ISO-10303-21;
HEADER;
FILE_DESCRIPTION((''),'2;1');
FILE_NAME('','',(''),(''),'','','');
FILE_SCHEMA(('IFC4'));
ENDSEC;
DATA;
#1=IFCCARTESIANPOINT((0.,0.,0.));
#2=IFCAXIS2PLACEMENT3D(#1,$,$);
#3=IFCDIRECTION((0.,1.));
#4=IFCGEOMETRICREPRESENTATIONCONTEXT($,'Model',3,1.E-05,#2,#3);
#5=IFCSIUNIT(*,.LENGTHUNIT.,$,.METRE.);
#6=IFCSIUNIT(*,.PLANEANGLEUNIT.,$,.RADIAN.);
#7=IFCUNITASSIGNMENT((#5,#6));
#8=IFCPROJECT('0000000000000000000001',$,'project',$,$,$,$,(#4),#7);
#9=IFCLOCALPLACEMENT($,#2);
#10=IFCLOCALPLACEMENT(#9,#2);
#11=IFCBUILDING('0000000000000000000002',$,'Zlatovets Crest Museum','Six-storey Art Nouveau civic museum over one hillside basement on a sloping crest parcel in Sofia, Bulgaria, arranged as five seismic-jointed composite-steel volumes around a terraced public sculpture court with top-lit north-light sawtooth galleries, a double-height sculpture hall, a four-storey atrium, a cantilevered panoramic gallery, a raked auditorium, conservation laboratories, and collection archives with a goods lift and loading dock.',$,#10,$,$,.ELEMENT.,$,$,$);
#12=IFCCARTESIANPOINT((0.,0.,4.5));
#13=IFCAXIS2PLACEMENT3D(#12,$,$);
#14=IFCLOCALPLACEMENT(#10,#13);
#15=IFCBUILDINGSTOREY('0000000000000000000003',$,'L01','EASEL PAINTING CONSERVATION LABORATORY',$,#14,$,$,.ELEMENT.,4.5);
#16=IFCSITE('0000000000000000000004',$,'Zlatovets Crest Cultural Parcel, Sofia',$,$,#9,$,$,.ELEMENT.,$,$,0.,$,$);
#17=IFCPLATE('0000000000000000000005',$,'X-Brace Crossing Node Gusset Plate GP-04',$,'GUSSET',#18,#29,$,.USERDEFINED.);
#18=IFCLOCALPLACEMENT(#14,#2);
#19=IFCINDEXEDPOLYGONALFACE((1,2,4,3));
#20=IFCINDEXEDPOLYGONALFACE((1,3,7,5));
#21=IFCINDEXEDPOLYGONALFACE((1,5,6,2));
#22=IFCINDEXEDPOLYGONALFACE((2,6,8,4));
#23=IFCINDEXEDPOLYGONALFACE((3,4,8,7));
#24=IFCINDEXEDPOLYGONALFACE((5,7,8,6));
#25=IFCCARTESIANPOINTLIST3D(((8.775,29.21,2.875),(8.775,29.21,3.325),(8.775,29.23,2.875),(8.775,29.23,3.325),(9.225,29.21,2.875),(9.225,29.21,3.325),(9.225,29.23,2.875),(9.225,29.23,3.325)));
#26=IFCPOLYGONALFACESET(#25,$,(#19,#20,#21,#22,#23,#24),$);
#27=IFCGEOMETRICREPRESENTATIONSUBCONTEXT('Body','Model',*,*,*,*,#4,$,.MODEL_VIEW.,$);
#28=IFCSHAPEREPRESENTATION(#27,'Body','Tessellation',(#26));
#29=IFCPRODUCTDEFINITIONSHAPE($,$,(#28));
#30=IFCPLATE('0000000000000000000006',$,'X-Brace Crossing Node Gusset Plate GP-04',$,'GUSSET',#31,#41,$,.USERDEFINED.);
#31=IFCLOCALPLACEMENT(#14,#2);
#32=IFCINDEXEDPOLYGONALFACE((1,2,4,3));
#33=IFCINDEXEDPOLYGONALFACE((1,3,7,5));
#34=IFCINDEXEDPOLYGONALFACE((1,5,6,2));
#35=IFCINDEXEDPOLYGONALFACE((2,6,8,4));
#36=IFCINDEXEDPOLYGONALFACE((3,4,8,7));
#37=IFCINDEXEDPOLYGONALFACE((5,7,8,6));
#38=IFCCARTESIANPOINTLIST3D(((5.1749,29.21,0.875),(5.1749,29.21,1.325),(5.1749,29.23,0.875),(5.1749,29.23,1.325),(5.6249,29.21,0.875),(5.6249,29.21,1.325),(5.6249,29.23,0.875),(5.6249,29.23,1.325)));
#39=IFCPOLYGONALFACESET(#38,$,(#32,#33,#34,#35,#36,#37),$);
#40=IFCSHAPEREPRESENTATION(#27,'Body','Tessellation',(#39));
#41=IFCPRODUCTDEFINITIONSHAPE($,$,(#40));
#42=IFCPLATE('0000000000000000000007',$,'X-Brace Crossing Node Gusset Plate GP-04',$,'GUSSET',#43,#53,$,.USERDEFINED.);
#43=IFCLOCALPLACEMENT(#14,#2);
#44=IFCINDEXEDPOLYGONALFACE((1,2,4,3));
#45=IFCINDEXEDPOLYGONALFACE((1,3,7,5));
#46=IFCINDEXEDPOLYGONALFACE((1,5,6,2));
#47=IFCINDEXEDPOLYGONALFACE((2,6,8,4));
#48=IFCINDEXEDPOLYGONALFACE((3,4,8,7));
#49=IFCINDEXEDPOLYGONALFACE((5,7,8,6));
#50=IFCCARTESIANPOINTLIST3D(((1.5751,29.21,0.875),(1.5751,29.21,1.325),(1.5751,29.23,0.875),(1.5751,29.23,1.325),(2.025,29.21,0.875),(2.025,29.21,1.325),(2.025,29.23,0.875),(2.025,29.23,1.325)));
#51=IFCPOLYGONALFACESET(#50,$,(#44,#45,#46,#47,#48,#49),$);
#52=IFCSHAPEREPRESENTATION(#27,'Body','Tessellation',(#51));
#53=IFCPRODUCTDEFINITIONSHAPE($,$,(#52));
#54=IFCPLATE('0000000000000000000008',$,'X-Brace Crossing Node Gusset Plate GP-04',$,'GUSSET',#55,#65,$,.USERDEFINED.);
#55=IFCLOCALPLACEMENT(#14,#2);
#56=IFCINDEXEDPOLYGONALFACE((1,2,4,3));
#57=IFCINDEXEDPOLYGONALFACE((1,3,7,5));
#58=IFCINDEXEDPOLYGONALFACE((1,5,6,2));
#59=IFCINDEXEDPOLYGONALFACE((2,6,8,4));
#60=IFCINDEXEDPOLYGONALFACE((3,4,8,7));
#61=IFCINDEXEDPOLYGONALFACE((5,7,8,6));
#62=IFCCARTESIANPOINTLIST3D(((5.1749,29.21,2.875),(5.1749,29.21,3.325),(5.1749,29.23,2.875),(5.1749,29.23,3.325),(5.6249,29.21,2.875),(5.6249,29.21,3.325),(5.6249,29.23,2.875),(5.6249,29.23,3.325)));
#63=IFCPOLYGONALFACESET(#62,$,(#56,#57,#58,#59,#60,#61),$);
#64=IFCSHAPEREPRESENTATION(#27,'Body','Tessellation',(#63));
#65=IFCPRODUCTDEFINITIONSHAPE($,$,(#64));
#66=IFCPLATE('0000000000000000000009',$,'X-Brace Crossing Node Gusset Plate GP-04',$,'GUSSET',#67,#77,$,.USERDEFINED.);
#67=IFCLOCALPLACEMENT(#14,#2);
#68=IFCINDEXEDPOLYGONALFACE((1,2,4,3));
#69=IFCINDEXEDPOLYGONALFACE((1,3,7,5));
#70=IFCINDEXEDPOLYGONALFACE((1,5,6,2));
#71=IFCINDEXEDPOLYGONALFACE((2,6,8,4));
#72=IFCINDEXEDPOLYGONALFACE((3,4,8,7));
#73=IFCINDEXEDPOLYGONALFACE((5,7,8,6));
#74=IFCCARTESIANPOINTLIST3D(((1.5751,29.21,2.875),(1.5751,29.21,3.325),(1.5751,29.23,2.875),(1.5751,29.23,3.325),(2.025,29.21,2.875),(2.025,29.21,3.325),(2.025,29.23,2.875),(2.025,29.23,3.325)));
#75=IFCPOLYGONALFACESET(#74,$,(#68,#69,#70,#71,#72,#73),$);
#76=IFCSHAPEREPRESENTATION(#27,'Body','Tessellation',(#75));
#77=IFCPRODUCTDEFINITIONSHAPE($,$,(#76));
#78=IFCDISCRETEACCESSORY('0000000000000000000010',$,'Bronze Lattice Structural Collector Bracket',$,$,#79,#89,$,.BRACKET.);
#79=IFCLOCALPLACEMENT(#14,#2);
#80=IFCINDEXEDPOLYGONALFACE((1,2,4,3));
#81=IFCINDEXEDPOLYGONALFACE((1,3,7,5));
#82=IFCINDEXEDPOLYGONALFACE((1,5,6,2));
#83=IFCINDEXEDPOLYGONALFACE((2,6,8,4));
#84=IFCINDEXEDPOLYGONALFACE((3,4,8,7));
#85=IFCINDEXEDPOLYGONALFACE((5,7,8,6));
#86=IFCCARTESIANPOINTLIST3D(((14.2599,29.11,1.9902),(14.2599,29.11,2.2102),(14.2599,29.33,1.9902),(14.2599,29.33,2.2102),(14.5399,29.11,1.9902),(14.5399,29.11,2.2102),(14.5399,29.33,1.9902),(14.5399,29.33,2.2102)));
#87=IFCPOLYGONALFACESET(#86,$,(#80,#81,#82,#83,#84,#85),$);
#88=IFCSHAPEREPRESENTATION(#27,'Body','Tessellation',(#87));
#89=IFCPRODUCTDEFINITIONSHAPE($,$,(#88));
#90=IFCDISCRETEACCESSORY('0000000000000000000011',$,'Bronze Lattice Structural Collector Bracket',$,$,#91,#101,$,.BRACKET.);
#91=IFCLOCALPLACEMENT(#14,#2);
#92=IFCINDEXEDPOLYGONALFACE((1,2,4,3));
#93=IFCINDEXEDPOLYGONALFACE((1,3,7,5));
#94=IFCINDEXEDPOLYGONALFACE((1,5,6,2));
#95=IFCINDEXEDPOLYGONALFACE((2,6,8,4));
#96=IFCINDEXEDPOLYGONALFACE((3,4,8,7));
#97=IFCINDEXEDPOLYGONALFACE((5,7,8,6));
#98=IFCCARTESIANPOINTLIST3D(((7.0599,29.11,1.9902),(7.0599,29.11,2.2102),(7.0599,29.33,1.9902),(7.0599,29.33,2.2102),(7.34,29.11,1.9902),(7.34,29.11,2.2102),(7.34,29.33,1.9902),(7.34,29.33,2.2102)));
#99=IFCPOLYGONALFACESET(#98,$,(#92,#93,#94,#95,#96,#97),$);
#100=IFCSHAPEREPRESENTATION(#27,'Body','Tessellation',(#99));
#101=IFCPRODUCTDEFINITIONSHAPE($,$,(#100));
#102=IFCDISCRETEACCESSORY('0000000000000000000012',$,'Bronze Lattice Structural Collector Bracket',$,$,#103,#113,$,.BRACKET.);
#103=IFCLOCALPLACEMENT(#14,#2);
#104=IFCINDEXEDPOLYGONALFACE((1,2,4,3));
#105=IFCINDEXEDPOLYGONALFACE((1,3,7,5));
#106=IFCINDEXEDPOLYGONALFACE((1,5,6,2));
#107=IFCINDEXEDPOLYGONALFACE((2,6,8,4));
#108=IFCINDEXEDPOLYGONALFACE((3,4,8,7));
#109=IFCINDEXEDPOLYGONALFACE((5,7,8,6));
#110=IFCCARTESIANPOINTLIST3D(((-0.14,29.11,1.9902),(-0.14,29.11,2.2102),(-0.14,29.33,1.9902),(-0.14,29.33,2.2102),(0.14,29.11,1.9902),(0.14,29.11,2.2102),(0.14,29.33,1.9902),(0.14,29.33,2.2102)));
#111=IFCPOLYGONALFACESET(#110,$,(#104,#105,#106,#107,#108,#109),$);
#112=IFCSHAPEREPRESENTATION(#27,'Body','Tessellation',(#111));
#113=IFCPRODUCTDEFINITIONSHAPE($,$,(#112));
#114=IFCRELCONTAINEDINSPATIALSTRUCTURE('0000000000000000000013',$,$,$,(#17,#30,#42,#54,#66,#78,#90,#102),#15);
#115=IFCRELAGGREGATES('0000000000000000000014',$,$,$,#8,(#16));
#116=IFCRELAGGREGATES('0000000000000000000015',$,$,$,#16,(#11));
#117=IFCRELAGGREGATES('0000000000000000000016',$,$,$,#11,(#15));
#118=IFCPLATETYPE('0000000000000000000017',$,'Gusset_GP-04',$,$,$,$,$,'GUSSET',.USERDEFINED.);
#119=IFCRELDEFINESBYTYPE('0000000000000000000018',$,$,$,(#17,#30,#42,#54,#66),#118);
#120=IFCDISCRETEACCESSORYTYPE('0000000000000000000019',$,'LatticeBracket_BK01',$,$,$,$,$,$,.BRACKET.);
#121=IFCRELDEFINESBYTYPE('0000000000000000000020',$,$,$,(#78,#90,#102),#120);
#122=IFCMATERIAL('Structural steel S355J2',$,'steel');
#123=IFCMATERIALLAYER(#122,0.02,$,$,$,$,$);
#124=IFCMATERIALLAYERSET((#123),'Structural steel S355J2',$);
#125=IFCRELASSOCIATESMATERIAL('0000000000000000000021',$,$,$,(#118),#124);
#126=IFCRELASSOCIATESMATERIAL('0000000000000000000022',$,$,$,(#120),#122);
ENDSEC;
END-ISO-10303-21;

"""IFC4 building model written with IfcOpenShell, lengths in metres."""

from ifc_helpers import new_model, si_unit, direction, frame, origin, origin_2d, place, context, subcontext, project, spatial, rectangle, extrude, material, layer, layer_set, type_object, element, save


model = new_model("IFC4")

# Units and contexts
model_context = context("Model", 3, precision=1e-05, world=origin(), true_north=direction((0.0, 1.0)))
body_context = subcontext(model_context, "Body", "Model", "MODEL_VIEW")
ifc_project = project(units=[si_unit("LENGTHUNIT", "METRE"), si_unit("PLANEANGLEUNIT", "RADIAN")], contexts=[model_context])

# Site, building, storey
site_placement = place(None, origin())
site = spatial("IfcSite", under=ifc_project, at=site_placement, Name="Zlatovets Crest Cultural Parcel, Sofia", CompositionType="ELEMENT", RefElevation=0.0)
building_placement = place(site_placement, origin())
building = spatial("IfcBuilding", under=site, at=building_placement, Name="Zlatovets Crest Museum", Description="Six-storey Art Nouveau civic museum over one hillside basement on a sloping crest parcel in Sofia, Bulgaria, arranged as five seismic-jointed composite-steel volumes around a terraced public sculpture court with top-lit north-light sawtooth galleries, a double-height sculpture hall, a four-storey atrium, a cantilevered panoramic gallery, a raked auditorium, conservation laboratories, and collection archives with a goods lift and loading dock.", CompositionType="ELEMENT")
storey_placement = place(building_placement, frame((0.0, 0.0, 4.5)))
storey = spatial("IfcBuildingStorey", under=building, at=storey_placement, Name="L01", Description="EASEL PAINTING CONSERVATION LABORATORY", CompositionType="ELEMENT", Elevation=4.5)

# Plates
ifc_material_1 = material(Name="Structural steel S355J2", Category="steel")
ifc_layer_1 = layer(ifc_material_1, 0.02)
ifc_layer_set_1 = layer_set([ifc_layer_1], Name="Structural steel S355J2")
plate_type_1 = type_object("IfcPlateType", Name="Gusset_GP-04", ElementType="GUSSET", PredefinedType="USERDEFINED", material=ifc_layer_set_1)
for number, where, z_axis, x_axis, name in (
    (1, (9.0, 29.22, 2.875), (0.0, 0.0, 1.0), (1.0, 0.0, 0.0), "X-Brace Crossing Node Gusset Plate GP-04"),
    (2, (5.3999, 29.22, 0.875), (0.0, 0.0, 1.0), (1.0, 0.0, 0.0), "X-Brace Crossing Node Gusset Plate GP-04"),
    (3, (1.8, 29.22, 0.875), (0.0, 0.0, 1.0), (1.0, 0.0, 0.0), "X-Brace Crossing Node Gusset Plate GP-04"),
    (4, (5.3999, 29.22, 2.875), (0.0, 0.0, 1.0), (1.0, 0.0, 0.0), "X-Brace Crossing Node Gusset Plate GP-04"),
    (5, (1.8, 29.22, 2.875), (0.0, 0.0, 1.0), (1.0, 0.0, 0.0), "X-Brace Crossing Node Gusset Plate GP-04"),
):
    element("IfcPlate", number, at=place(storey_placement, frame(where, z_axis=z_axis, x_axis=x_axis)), inside=storey, type_object=plate_type_1, Name=name, ObjectType="GUSSET", PredefinedType="USERDEFINED", context=body_context, shape_type="SweptSolid", body=[
        extrude(rectangle(XDim=0.45, YDim=0.02, at=origin_2d()), origin(), (0.0, 0.0, 1.0), 0.45),
    ])

# Discrete accessories
discrete_accessory_type = type_object("IfcDiscreteAccessoryType", Name="LatticeBracket_BK01", PredefinedType="BRACKET", material=ifc_material_1)
for number, where, z_axis, x_axis, name in (
    (6, (14.3999, 29.22, 1.9902), (0.0, 0.0, 1.0), (1.0, 0.0, 0.0), "Bronze Lattice Structural Collector Bracket"),
    (7, (7.2, 29.22, 1.9902), (0.0, 0.0, 1.0), (1.0, 0.0, 0.0), "Bronze Lattice Structural Collector Bracket"),
    (8, (0.0, 29.22, 1.9902), (0.0, 0.0, 1.0), (1.0, 0.0, 0.0), "Bronze Lattice Structural Collector Bracket"),
):
    element("IfcDiscreteAccessory", number, at=place(storey_placement, frame(where, z_axis=z_axis, x_axis=x_axis)), inside=storey, type_object=discrete_accessory_type, Name=name, PredefinedType="BRACKET", context=body_context, shape_type="SweptSolid", body=[
        extrude(rectangle(XDim=0.28, YDim=0.22, at=origin_2d()), origin(), (0.0, 0.0, 1.0), 0.22),
    ])

save(model, "model.ifc")
